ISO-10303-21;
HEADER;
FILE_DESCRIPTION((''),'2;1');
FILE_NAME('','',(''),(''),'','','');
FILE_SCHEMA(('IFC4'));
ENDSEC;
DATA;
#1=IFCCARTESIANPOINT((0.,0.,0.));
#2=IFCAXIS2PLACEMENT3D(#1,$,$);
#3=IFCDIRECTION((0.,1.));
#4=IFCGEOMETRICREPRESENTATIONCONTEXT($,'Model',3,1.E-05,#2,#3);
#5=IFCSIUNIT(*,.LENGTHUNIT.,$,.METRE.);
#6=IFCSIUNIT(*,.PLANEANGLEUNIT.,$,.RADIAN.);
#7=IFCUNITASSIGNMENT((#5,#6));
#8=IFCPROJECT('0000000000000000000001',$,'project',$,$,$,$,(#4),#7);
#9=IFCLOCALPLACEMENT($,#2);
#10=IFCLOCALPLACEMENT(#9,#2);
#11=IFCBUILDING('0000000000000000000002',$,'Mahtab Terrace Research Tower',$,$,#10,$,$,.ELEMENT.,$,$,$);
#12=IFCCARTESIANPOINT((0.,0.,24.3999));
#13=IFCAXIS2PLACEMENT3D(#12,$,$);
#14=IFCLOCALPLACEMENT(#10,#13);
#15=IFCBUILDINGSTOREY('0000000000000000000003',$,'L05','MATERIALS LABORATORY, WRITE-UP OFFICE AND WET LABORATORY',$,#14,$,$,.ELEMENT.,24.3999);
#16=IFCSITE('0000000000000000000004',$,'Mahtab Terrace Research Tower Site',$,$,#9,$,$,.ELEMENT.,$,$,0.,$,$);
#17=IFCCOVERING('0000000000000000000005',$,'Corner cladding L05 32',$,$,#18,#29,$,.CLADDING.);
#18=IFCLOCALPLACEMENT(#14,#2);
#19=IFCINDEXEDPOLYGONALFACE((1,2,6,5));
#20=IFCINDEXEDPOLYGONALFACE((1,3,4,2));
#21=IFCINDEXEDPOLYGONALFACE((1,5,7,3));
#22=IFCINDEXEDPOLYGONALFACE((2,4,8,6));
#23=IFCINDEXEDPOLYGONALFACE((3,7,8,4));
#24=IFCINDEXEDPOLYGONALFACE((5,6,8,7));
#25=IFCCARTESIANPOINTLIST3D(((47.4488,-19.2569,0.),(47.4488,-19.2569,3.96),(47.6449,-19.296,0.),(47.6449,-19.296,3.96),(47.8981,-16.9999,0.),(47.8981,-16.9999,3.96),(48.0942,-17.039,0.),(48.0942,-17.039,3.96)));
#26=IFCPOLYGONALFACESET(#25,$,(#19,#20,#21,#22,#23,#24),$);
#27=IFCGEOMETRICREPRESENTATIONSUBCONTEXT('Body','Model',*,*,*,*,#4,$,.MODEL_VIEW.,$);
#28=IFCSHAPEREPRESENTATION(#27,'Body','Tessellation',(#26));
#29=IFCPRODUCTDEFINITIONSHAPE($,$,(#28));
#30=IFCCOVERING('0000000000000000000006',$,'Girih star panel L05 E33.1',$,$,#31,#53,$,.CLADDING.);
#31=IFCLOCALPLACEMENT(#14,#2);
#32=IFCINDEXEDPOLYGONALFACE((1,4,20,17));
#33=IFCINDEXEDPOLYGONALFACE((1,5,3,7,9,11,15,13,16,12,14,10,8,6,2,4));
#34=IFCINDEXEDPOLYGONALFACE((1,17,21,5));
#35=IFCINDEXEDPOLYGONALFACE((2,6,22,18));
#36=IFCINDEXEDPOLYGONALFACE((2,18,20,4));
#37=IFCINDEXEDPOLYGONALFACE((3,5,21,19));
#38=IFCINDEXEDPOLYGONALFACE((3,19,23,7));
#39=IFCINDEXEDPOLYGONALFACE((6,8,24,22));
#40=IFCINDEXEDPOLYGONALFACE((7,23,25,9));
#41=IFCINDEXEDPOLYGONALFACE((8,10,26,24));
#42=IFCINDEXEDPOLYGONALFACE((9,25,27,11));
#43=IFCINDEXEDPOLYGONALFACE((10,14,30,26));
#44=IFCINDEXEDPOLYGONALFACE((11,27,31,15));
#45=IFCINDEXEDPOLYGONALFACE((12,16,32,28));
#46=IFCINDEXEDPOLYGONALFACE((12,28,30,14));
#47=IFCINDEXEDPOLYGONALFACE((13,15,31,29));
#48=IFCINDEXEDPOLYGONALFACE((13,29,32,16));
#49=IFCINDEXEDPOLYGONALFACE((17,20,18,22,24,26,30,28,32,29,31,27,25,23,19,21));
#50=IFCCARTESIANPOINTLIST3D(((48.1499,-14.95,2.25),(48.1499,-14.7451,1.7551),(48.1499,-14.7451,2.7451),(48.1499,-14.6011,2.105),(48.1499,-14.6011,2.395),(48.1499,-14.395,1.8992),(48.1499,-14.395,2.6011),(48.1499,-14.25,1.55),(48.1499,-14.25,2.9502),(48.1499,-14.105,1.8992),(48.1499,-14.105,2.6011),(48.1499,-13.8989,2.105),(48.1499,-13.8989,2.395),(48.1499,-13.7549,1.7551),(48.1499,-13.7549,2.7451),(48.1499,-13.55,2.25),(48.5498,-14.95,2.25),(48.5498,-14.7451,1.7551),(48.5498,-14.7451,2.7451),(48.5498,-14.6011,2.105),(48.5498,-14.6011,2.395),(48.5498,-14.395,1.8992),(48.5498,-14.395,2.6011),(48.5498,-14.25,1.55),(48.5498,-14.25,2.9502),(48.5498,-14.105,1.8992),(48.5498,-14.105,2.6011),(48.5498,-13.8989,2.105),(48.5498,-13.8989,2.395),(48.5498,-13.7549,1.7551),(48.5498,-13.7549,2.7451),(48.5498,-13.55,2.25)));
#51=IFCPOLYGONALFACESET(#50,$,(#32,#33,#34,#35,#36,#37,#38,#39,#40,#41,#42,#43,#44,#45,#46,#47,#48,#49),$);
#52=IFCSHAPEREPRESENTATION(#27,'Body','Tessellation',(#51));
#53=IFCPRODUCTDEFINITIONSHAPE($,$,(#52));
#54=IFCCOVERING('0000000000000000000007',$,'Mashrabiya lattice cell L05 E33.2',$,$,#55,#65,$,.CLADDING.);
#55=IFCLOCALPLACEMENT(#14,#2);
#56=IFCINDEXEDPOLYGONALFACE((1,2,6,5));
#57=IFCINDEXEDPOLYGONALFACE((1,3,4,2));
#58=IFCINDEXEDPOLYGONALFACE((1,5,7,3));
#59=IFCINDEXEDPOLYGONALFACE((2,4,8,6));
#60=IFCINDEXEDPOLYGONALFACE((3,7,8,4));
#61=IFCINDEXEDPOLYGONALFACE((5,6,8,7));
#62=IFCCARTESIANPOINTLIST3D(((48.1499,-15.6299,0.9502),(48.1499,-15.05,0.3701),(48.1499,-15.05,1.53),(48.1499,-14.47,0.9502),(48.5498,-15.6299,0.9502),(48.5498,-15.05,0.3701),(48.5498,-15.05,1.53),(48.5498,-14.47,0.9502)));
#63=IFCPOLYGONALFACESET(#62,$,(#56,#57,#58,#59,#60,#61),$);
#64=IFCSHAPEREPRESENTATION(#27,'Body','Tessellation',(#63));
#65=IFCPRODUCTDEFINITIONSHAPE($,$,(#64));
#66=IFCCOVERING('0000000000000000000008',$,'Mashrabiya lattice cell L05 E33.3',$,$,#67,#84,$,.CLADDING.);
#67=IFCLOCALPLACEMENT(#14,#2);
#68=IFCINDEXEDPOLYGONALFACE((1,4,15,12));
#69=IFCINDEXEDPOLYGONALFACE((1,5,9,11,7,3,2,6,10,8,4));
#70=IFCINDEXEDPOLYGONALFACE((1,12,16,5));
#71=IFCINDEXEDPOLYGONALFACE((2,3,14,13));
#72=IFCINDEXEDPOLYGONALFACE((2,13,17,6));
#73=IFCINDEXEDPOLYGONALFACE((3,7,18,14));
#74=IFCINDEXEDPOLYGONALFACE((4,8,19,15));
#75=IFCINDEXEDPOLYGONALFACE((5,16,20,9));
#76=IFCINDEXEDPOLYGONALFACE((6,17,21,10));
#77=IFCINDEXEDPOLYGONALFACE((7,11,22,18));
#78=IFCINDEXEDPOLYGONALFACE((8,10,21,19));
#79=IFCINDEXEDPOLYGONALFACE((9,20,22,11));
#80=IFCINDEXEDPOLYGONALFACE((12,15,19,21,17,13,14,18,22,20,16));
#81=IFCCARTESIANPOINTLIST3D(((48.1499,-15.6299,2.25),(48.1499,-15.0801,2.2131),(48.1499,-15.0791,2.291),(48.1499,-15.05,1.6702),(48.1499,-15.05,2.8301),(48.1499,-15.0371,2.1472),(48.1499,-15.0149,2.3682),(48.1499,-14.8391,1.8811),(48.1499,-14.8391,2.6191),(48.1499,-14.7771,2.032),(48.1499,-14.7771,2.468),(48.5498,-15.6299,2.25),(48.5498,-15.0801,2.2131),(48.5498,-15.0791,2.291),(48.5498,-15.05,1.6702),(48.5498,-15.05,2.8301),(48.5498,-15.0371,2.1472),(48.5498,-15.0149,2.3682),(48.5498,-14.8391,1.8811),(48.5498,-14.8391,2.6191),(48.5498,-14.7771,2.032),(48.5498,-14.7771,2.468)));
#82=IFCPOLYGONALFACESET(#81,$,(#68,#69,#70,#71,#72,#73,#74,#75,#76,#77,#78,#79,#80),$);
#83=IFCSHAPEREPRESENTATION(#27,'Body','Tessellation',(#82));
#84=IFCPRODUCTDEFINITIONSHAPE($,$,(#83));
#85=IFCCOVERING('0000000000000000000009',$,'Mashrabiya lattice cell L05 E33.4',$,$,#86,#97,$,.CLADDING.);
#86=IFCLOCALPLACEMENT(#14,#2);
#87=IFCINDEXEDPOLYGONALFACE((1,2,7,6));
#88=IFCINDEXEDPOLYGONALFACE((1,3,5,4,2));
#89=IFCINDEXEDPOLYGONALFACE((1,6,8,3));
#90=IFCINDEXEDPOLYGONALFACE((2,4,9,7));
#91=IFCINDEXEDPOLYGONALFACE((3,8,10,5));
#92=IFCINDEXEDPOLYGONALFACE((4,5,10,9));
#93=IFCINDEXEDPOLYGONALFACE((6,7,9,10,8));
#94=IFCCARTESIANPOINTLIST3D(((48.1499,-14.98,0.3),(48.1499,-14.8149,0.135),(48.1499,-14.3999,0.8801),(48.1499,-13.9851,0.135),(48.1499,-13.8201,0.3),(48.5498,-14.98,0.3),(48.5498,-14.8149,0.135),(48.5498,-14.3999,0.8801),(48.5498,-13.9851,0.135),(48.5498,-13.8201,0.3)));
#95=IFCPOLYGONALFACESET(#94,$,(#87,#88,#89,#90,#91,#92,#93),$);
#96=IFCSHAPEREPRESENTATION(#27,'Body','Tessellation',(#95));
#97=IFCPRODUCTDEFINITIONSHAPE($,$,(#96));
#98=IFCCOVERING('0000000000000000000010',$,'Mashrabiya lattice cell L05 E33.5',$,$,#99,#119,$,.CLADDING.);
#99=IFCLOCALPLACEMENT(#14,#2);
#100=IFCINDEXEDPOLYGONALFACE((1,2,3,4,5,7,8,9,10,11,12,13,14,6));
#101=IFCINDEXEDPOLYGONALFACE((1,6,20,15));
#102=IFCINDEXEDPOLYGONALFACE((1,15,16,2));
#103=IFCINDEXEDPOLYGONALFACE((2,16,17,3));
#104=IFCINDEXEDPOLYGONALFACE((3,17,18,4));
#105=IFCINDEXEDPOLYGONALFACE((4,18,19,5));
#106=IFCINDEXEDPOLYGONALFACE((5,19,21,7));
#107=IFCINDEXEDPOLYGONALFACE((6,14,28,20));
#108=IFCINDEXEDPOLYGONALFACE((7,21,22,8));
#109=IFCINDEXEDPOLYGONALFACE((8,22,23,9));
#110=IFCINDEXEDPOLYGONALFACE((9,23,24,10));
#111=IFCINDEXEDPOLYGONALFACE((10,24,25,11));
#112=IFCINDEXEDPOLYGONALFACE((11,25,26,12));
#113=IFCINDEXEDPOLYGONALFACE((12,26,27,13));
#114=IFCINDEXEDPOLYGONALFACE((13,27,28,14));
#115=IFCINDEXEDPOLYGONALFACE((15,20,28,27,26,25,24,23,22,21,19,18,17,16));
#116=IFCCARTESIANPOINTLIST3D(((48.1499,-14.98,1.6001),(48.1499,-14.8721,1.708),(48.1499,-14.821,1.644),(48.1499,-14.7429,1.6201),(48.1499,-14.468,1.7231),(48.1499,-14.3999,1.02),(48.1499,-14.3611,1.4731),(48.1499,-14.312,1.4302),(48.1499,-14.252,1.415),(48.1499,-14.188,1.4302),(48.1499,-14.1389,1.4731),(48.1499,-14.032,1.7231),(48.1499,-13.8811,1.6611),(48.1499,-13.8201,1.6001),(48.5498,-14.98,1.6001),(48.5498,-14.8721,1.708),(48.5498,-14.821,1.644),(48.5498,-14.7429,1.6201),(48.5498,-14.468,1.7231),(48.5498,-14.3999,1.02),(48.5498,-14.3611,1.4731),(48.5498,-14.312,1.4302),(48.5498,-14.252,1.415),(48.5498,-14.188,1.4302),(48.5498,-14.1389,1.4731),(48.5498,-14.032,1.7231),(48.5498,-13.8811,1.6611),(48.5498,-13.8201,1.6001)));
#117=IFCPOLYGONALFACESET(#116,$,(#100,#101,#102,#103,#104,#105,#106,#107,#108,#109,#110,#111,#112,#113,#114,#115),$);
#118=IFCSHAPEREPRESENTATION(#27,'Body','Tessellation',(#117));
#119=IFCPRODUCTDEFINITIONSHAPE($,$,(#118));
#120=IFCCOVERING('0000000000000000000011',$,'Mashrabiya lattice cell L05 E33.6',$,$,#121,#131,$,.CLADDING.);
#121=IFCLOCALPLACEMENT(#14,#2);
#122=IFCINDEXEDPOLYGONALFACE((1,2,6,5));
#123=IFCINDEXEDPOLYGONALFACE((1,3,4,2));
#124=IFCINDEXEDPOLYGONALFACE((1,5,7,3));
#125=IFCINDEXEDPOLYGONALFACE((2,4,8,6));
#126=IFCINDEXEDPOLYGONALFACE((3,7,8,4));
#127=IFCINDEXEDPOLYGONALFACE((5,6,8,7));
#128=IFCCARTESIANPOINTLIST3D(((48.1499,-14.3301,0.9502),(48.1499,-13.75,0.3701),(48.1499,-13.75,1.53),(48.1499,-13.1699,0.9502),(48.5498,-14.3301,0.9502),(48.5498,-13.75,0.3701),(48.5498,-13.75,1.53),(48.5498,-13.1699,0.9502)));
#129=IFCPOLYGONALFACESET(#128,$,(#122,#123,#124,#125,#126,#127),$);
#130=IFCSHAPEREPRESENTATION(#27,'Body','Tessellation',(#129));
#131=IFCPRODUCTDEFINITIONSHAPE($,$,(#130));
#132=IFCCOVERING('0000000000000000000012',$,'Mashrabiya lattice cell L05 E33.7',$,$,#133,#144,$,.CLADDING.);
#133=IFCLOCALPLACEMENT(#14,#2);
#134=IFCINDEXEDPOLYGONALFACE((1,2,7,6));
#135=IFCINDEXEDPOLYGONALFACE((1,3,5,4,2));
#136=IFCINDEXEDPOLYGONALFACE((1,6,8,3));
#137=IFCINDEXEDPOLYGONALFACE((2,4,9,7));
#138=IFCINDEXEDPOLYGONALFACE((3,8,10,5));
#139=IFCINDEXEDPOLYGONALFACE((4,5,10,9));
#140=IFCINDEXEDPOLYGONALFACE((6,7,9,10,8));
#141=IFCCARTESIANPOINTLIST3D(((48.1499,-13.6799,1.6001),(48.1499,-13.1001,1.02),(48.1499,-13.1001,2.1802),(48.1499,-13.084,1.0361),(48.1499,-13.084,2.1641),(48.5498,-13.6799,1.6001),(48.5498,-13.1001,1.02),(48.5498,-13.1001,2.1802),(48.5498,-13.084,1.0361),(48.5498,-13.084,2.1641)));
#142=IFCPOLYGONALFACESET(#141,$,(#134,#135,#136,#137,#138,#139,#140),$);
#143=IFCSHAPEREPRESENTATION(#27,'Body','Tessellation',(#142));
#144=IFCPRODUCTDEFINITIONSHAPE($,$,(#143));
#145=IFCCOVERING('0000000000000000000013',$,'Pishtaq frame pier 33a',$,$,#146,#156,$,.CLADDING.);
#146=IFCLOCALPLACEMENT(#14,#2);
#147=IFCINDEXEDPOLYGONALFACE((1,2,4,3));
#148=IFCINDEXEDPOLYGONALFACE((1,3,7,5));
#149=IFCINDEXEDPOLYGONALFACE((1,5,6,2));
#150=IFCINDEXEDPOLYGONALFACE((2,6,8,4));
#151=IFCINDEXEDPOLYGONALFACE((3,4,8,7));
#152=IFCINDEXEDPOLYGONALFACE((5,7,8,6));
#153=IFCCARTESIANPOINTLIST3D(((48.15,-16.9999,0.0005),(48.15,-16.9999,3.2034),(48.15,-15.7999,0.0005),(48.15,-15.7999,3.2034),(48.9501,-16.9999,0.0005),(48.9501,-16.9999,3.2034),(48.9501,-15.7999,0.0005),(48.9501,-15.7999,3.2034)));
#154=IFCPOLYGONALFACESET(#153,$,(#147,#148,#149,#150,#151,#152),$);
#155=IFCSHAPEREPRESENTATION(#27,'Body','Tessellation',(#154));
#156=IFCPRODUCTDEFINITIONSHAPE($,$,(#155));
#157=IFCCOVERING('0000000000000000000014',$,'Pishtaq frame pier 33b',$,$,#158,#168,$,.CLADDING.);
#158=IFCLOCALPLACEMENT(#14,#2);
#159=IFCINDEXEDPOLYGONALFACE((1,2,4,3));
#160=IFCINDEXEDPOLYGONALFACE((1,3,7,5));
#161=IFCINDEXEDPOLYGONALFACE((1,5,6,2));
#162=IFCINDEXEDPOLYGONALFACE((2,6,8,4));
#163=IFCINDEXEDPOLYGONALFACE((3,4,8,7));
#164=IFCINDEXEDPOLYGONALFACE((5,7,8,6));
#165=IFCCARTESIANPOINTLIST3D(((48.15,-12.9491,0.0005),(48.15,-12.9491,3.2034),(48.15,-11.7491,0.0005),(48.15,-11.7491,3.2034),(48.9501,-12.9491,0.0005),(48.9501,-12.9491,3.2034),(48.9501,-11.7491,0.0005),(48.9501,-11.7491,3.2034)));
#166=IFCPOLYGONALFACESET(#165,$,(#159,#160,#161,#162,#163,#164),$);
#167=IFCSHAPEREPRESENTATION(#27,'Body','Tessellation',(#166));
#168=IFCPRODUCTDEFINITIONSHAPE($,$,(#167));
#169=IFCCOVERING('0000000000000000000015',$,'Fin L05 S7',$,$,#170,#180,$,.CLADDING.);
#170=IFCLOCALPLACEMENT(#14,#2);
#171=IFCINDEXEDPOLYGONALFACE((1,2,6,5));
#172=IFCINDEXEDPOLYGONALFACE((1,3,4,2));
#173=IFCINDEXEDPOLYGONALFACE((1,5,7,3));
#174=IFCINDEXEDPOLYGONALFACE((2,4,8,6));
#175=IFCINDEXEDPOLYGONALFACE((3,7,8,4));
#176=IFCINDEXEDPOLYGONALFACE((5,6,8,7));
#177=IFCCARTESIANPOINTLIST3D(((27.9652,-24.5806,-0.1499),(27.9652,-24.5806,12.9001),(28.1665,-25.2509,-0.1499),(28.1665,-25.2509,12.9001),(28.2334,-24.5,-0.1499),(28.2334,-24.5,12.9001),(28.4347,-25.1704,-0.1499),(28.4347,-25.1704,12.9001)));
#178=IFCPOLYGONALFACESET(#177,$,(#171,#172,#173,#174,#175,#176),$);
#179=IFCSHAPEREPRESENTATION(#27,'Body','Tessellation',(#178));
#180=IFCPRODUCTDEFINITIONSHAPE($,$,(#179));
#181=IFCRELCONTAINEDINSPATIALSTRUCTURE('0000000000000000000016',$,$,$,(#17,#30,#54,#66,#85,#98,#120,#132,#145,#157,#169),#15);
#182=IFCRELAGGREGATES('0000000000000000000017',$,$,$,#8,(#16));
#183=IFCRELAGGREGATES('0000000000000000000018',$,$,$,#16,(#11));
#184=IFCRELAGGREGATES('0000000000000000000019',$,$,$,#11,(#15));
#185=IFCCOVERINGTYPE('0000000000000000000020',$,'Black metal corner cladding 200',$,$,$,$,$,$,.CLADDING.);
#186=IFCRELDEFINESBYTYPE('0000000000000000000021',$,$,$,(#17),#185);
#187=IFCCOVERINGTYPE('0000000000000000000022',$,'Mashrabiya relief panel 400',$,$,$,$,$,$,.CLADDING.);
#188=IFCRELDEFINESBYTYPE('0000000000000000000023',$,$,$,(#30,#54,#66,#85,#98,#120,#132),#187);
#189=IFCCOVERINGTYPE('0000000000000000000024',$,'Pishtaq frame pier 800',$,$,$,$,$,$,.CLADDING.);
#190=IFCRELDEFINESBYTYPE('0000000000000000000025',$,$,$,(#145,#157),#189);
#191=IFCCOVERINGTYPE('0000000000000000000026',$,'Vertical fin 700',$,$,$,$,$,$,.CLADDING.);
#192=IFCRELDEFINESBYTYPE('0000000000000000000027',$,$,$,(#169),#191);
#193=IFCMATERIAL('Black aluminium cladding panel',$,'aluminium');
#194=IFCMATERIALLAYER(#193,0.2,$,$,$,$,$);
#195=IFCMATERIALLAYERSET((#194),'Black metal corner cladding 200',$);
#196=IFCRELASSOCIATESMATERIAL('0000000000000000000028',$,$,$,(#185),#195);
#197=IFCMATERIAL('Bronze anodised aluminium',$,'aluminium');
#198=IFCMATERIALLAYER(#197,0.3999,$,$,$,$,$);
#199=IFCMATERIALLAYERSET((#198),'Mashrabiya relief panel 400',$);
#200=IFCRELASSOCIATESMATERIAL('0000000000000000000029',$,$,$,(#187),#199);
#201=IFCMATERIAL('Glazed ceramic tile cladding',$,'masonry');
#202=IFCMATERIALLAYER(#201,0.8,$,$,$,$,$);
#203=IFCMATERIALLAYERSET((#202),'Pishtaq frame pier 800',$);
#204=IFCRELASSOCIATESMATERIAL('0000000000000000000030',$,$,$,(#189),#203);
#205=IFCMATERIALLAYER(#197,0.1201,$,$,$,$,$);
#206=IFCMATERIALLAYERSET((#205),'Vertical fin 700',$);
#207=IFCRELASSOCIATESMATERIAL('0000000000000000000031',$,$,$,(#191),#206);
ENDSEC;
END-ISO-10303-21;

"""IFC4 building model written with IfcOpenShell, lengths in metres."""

from ifc_helpers import new_model, si_unit, direction, frame, origin, origin_2d, place, context, subcontext, project, spatial, polyline, rectangle, outline, extrude, material, layer, layer_set, type_object, element, save


model = new_model("IFC4")

# Units and contexts
model_context = context("Model", 3, precision=1e-05, world=origin(), true_north=direction((0.0, 1.0)))
body_context = subcontext(model_context, "Body", "Model", "MODEL_VIEW")
ifc_project = project(units=[si_unit("LENGTHUNIT", "METRE"), si_unit("PLANEANGLEUNIT", "RADIAN")], contexts=[model_context])

# Site, building, storey
site_placement = place(None, origin())
site = spatial("IfcSite", under=ifc_project, at=site_placement, Name="Mahtab Terrace Research Tower Site", CompositionType="ELEMENT", RefElevation=0.0)
building_placement = place(site_placement, origin())
building = spatial("IfcBuilding", under=site, at=building_placement, Name="Mahtab Terrace Research Tower", CompositionType="ELEMENT")
storey_placement = place(building_placement, frame((0.0, 0.0, 24.3999)))
storey = spatial("IfcBuildingStorey", under=building, at=storey_placement, Name="L05", Description="MATERIALS LABORATORY, WRITE-UP OFFICE AND WET LABORATORY", CompositionType="ELEMENT", Elevation=24.3999)

# Shared definitions
ifc_material_1 = material(Name="Black aluminium cladding panel", Category="aluminium")

# Coverings
ifc_layer_1 = layer(ifc_material_1, 0.2)
ifc_layer_set_1 = layer_set([ifc_layer_1], Name="Black metal corner cladding 200")
covering_type_1 = type_object("IfcCoveringType", Name="Black metal corner cladding 200", PredefinedType="CLADDING", material=ifc_layer_set_1)
for number, where, z_axis, x_axis, name in (
    (1, (47.7715, -18.1479, 0.0), (0.0, 0.0, 1.0), (0.195212, 0.980761, 0.0), "Corner cladding L05 32"),
):
    element("IfcCovering", number, at=place(storey_placement, frame(where, z_axis=z_axis, x_axis=x_axis)), inside=storey, type_object=covering_type_1, Name=name, PredefinedType="CLADDING", context=body_context, shape_type="SweptSolid", body=[
        extrude(rectangle(XDim=2.3013, YDim=0.2, at=origin_2d()), origin(), (0.0, 0.0, 1.0), 3.96),
    ])
ifc_material_2 = material(Name="Bronze anodised aluminium", Category="aluminium")
ifc_layer_2 = layer(ifc_material_2, 0.3999)
ifc_layer_set_2 = layer_set([ifc_layer_2], Name="Mashrabiya relief panel 400")
covering_type_2 = type_object("IfcCoveringType", Name="Mashrabiya relief panel 400", PredefinedType="CLADDING", material=ifc_layer_set_2)
covering_1_placement = place(storey_placement, frame((48.1499, -14.105, 2.6011), z_axis=(-1.0, 0.0, 0.0), x_axis=(0.0, 0.924785, 0.38049)))
element("IfcCovering", 2, at=covering_1_placement, inside=storey, type_object=covering_type_2, Name="Girih star panel L05 E33.1", PredefinedType="CLADDING", context=body_context, shape_type="SweptSolid", body=[
    extrude(outline(polyline([(0.0, 0.0), (0.3786, 0.0), (0.1122, 0.269), (0.3796, 0.5358), (0.0018, 0.5372), (0.0019, 0.9155), (-0.2671, 0.6491), (-0.534, 0.9168), (-0.5353, 0.5388), (-0.9139, 0.5388), (-0.6475, 0.27), (-0.915, 0.0032), (-0.5372, 0.0018), (-0.5372, -0.3768), (-0.2682, -0.1104), (-0.0013, -0.378), (0.0, 0.0)])), origin(), (0.0, 0.0, -1.0), 0.3999),
])
covering_2_placement = place(storey_placement, frame((48.1499, -15.05, 1.53), z_axis=(-1.0, 0.0, 0.0), x_axis=(0.0, 0.707256, -0.706958)))
element("IfcCovering", 3, at=covering_2_placement, inside=storey, type_object=covering_type_2, Name="Mashrabiya lattice cell L05 E33.2", PredefinedType="CLADDING", context=body_context, shape_type="SweptSolid", body=[
    extrude(outline(polyline([(0.0, 0.0), (0.8202, 0.0), (0.82, 0.8204), (-0.0002, 0.82), (0.0, 0.0)])), origin(), (0.0, 0.0, -1.0), 0.3999),
])
covering_3_placement = place(storey_placement, frame((48.1499, -15.05, 1.6702), z_axis=(-1.0, 0.0, 0.0), x_axis=(0.0, -0.707107, 0.707107)))
element("IfcCovering", 4, at=covering_3_placement, inside=storey, type_object=covering_type_2, Name="Mashrabiya lattice cell L05 E33.3", PredefinedType="CLADDING", context=body_context, shape_type="SweptSolid", body=[
    extrude(outline(polyline([(0.0, 0.0), (0.82, 0.0), (0.8202, 0.8202), (0.5219, 0.8202), (0.3712, 0.7572), (0.4687, 0.5184), (0.4596, 0.4185), (0.4052, 0.3627), (0.3282, 0.3465), (0.0628, 0.4488), (0.0, 0.2983), (0.0, 0.0)])), origin(), (0.0, 0.0, -1.0), 0.3999),
])
covering_4_placement = place(storey_placement, frame((48.1499, -14.98, 0.3), z_axis=(-1.0, 0.0, 0.0), x_axis=(0.0, 0.707107, 0.707107)))
element("IfcCovering", 5, at=covering_4_placement, inside=storey, type_object=covering_type_2, Name="Mashrabiya lattice cell L05 E33.4", PredefinedType="CLADDING", context=body_context, shape_type="SweptSolid", body=[
    extrude(outline(polyline([(0.0, 0.0), (0.8204, 0.0), (0.8202, 0.8202), (0.5868, 0.8202), (0.0, 0.2334), (0.0, 0.0)])), origin(), (0.0, 0.0, -1.0), 0.3999),
])
covering_5_placement = place(storey_placement, frame((48.1499, -13.8201, 1.6001), z_axis=(-1.0, 0.0, 0.0), x_axis=(0.0, -0.706958, -0.707256)))
element("IfcCovering", 6, at=covering_5_placement, inside=storey, type_object=covering_type_2, Name="Mashrabiya lattice cell L05 E33.5", PredefinedType="CLADDING", context=body_context, shape_type="SweptSolid", body=[
    extrude(outline(polyline([(0.0, 0.0), (0.8202, 0.0), (0.82, 0.8204), (0.6674, 0.8203), (0.6766, 0.739), (0.6383, 0.6668), (0.371, 0.5453), (0.4723, 0.2929), (0.468, 0.2278), (0.4362, 0.1746), (0.3803, 0.1401), (0.3152, 0.1358), (0.0628, 0.2369), (0.0, 0.0863), (0.0, 0.0)])), origin(), (0.0, 0.0, -1.0), 0.3999),
])
covering_6_placement = place(storey_placement, frame((48.1499, -13.75, 1.53), z_axis=(-1.0, 0.0, 0.0), x_axis=(0.0, 0.707256, -0.706958)))
element("IfcCovering", 7, at=covering_6_placement, inside=storey, type_object=covering_type_2, Name="Mashrabiya lattice cell L05 E33.6", PredefinedType="CLADDING", context=body_context, shape_type="SweptSolid", body=[
    extrude(outline(polyline([(0.0, 0.0), (0.8202, 0.0), (0.82, 0.8204), (-0.0003, 0.8202), (0.0, 0.0)])), origin(), (0.0, 0.0, -1.0), 0.3999),
])
covering_7_placement = place(storey_placement, frame((48.1499, -13.1001, 1.02), z_axis=(-1.0, 0.0, 0.0), x_axis=(0.0, -0.706958, 0.707256)))
element("IfcCovering", 8, at=covering_7_placement, inside=storey, type_object=covering_type_2, Name="Mashrabiya lattice cell L05 E33.7", PredefinedType="CLADDING", context=body_context, shape_type="SweptSolid", body=[
    extrude(outline(polyline([(0.0, 0.0), (0.8202, 0.0), (0.8205, 0.8202), (0.7977, 0.8202), (0.0, 0.0228), (0.0, 0.0)])), origin(), (0.0, 0.0, -1.0), 0.3999),
])
ifc_material_3 = material(Name="Glazed ceramic tile cladding", Category="masonry")
ifc_layer_3 = layer(ifc_material_3, 0.8)
ifc_layer_set_3 = layer_set([ifc_layer_3], Name="Pishtaq frame pier 800")
covering_type_3 = type_object("IfcCoveringType", Name="Pishtaq frame pier 800", PredefinedType="CLADDING", material=ifc_layer_set_3)
for number, where, z_axis, x_axis, name in (
    (9, (48.55, -16.3999, 0.0005), (0.0, 0.0, 1.0), (0.0, 1.0, 0.0), "Pishtaq frame pier 33a"),
    (10, (48.55, -12.3491, 0.0005), (0.0, 0.0, 1.0), (0.0, 1.0, 0.0), "Pishtaq frame pier 33b"),
):
    element("IfcCovering", number, at=place(storey_placement, frame(where, z_axis=z_axis, x_axis=x_axis)), inside=storey, type_object=covering_type_3, Name=name, PredefinedType="CLADDING", context=body_context, shape_type="SweptSolid", body=[
        extrude(rectangle(XDim=1.2, YDim=0.8, at=origin_2d()), origin(), (0.0, 0.0, 1.0), 3.2029),
    ])
ifc_layer_4 = layer(ifc_material_2, 0.1201)
ifc_layer_set_4 = layer_set([ifc_layer_4], Name="Vertical fin 700")
covering_type_4 = type_object("IfcCoveringType", Name="Vertical fin 700", PredefinedType="CLADDING", material=ifc_layer_set_4)
covering_8_placement = place(storey_placement, frame((28.2, -24.8755, -0.1499), z_axis=(0.0, 0.0, 1.0), x_axis=(0.957751, 0.287599, 0.0)))
element("IfcCovering", 11, at=covering_8_placement, inside=storey, type_object=covering_type_4, Name="Fin L05 S7", PredefinedType="CLADDING", context=body_context, shape_type="SweptSolid", body=[
    extrude(rectangle(XDim=0.28, YDim=0.7, at=origin_2d()), origin(), (0.0, 0.0, 1.0), 13.05),
])

save(model, "model.ifc")
